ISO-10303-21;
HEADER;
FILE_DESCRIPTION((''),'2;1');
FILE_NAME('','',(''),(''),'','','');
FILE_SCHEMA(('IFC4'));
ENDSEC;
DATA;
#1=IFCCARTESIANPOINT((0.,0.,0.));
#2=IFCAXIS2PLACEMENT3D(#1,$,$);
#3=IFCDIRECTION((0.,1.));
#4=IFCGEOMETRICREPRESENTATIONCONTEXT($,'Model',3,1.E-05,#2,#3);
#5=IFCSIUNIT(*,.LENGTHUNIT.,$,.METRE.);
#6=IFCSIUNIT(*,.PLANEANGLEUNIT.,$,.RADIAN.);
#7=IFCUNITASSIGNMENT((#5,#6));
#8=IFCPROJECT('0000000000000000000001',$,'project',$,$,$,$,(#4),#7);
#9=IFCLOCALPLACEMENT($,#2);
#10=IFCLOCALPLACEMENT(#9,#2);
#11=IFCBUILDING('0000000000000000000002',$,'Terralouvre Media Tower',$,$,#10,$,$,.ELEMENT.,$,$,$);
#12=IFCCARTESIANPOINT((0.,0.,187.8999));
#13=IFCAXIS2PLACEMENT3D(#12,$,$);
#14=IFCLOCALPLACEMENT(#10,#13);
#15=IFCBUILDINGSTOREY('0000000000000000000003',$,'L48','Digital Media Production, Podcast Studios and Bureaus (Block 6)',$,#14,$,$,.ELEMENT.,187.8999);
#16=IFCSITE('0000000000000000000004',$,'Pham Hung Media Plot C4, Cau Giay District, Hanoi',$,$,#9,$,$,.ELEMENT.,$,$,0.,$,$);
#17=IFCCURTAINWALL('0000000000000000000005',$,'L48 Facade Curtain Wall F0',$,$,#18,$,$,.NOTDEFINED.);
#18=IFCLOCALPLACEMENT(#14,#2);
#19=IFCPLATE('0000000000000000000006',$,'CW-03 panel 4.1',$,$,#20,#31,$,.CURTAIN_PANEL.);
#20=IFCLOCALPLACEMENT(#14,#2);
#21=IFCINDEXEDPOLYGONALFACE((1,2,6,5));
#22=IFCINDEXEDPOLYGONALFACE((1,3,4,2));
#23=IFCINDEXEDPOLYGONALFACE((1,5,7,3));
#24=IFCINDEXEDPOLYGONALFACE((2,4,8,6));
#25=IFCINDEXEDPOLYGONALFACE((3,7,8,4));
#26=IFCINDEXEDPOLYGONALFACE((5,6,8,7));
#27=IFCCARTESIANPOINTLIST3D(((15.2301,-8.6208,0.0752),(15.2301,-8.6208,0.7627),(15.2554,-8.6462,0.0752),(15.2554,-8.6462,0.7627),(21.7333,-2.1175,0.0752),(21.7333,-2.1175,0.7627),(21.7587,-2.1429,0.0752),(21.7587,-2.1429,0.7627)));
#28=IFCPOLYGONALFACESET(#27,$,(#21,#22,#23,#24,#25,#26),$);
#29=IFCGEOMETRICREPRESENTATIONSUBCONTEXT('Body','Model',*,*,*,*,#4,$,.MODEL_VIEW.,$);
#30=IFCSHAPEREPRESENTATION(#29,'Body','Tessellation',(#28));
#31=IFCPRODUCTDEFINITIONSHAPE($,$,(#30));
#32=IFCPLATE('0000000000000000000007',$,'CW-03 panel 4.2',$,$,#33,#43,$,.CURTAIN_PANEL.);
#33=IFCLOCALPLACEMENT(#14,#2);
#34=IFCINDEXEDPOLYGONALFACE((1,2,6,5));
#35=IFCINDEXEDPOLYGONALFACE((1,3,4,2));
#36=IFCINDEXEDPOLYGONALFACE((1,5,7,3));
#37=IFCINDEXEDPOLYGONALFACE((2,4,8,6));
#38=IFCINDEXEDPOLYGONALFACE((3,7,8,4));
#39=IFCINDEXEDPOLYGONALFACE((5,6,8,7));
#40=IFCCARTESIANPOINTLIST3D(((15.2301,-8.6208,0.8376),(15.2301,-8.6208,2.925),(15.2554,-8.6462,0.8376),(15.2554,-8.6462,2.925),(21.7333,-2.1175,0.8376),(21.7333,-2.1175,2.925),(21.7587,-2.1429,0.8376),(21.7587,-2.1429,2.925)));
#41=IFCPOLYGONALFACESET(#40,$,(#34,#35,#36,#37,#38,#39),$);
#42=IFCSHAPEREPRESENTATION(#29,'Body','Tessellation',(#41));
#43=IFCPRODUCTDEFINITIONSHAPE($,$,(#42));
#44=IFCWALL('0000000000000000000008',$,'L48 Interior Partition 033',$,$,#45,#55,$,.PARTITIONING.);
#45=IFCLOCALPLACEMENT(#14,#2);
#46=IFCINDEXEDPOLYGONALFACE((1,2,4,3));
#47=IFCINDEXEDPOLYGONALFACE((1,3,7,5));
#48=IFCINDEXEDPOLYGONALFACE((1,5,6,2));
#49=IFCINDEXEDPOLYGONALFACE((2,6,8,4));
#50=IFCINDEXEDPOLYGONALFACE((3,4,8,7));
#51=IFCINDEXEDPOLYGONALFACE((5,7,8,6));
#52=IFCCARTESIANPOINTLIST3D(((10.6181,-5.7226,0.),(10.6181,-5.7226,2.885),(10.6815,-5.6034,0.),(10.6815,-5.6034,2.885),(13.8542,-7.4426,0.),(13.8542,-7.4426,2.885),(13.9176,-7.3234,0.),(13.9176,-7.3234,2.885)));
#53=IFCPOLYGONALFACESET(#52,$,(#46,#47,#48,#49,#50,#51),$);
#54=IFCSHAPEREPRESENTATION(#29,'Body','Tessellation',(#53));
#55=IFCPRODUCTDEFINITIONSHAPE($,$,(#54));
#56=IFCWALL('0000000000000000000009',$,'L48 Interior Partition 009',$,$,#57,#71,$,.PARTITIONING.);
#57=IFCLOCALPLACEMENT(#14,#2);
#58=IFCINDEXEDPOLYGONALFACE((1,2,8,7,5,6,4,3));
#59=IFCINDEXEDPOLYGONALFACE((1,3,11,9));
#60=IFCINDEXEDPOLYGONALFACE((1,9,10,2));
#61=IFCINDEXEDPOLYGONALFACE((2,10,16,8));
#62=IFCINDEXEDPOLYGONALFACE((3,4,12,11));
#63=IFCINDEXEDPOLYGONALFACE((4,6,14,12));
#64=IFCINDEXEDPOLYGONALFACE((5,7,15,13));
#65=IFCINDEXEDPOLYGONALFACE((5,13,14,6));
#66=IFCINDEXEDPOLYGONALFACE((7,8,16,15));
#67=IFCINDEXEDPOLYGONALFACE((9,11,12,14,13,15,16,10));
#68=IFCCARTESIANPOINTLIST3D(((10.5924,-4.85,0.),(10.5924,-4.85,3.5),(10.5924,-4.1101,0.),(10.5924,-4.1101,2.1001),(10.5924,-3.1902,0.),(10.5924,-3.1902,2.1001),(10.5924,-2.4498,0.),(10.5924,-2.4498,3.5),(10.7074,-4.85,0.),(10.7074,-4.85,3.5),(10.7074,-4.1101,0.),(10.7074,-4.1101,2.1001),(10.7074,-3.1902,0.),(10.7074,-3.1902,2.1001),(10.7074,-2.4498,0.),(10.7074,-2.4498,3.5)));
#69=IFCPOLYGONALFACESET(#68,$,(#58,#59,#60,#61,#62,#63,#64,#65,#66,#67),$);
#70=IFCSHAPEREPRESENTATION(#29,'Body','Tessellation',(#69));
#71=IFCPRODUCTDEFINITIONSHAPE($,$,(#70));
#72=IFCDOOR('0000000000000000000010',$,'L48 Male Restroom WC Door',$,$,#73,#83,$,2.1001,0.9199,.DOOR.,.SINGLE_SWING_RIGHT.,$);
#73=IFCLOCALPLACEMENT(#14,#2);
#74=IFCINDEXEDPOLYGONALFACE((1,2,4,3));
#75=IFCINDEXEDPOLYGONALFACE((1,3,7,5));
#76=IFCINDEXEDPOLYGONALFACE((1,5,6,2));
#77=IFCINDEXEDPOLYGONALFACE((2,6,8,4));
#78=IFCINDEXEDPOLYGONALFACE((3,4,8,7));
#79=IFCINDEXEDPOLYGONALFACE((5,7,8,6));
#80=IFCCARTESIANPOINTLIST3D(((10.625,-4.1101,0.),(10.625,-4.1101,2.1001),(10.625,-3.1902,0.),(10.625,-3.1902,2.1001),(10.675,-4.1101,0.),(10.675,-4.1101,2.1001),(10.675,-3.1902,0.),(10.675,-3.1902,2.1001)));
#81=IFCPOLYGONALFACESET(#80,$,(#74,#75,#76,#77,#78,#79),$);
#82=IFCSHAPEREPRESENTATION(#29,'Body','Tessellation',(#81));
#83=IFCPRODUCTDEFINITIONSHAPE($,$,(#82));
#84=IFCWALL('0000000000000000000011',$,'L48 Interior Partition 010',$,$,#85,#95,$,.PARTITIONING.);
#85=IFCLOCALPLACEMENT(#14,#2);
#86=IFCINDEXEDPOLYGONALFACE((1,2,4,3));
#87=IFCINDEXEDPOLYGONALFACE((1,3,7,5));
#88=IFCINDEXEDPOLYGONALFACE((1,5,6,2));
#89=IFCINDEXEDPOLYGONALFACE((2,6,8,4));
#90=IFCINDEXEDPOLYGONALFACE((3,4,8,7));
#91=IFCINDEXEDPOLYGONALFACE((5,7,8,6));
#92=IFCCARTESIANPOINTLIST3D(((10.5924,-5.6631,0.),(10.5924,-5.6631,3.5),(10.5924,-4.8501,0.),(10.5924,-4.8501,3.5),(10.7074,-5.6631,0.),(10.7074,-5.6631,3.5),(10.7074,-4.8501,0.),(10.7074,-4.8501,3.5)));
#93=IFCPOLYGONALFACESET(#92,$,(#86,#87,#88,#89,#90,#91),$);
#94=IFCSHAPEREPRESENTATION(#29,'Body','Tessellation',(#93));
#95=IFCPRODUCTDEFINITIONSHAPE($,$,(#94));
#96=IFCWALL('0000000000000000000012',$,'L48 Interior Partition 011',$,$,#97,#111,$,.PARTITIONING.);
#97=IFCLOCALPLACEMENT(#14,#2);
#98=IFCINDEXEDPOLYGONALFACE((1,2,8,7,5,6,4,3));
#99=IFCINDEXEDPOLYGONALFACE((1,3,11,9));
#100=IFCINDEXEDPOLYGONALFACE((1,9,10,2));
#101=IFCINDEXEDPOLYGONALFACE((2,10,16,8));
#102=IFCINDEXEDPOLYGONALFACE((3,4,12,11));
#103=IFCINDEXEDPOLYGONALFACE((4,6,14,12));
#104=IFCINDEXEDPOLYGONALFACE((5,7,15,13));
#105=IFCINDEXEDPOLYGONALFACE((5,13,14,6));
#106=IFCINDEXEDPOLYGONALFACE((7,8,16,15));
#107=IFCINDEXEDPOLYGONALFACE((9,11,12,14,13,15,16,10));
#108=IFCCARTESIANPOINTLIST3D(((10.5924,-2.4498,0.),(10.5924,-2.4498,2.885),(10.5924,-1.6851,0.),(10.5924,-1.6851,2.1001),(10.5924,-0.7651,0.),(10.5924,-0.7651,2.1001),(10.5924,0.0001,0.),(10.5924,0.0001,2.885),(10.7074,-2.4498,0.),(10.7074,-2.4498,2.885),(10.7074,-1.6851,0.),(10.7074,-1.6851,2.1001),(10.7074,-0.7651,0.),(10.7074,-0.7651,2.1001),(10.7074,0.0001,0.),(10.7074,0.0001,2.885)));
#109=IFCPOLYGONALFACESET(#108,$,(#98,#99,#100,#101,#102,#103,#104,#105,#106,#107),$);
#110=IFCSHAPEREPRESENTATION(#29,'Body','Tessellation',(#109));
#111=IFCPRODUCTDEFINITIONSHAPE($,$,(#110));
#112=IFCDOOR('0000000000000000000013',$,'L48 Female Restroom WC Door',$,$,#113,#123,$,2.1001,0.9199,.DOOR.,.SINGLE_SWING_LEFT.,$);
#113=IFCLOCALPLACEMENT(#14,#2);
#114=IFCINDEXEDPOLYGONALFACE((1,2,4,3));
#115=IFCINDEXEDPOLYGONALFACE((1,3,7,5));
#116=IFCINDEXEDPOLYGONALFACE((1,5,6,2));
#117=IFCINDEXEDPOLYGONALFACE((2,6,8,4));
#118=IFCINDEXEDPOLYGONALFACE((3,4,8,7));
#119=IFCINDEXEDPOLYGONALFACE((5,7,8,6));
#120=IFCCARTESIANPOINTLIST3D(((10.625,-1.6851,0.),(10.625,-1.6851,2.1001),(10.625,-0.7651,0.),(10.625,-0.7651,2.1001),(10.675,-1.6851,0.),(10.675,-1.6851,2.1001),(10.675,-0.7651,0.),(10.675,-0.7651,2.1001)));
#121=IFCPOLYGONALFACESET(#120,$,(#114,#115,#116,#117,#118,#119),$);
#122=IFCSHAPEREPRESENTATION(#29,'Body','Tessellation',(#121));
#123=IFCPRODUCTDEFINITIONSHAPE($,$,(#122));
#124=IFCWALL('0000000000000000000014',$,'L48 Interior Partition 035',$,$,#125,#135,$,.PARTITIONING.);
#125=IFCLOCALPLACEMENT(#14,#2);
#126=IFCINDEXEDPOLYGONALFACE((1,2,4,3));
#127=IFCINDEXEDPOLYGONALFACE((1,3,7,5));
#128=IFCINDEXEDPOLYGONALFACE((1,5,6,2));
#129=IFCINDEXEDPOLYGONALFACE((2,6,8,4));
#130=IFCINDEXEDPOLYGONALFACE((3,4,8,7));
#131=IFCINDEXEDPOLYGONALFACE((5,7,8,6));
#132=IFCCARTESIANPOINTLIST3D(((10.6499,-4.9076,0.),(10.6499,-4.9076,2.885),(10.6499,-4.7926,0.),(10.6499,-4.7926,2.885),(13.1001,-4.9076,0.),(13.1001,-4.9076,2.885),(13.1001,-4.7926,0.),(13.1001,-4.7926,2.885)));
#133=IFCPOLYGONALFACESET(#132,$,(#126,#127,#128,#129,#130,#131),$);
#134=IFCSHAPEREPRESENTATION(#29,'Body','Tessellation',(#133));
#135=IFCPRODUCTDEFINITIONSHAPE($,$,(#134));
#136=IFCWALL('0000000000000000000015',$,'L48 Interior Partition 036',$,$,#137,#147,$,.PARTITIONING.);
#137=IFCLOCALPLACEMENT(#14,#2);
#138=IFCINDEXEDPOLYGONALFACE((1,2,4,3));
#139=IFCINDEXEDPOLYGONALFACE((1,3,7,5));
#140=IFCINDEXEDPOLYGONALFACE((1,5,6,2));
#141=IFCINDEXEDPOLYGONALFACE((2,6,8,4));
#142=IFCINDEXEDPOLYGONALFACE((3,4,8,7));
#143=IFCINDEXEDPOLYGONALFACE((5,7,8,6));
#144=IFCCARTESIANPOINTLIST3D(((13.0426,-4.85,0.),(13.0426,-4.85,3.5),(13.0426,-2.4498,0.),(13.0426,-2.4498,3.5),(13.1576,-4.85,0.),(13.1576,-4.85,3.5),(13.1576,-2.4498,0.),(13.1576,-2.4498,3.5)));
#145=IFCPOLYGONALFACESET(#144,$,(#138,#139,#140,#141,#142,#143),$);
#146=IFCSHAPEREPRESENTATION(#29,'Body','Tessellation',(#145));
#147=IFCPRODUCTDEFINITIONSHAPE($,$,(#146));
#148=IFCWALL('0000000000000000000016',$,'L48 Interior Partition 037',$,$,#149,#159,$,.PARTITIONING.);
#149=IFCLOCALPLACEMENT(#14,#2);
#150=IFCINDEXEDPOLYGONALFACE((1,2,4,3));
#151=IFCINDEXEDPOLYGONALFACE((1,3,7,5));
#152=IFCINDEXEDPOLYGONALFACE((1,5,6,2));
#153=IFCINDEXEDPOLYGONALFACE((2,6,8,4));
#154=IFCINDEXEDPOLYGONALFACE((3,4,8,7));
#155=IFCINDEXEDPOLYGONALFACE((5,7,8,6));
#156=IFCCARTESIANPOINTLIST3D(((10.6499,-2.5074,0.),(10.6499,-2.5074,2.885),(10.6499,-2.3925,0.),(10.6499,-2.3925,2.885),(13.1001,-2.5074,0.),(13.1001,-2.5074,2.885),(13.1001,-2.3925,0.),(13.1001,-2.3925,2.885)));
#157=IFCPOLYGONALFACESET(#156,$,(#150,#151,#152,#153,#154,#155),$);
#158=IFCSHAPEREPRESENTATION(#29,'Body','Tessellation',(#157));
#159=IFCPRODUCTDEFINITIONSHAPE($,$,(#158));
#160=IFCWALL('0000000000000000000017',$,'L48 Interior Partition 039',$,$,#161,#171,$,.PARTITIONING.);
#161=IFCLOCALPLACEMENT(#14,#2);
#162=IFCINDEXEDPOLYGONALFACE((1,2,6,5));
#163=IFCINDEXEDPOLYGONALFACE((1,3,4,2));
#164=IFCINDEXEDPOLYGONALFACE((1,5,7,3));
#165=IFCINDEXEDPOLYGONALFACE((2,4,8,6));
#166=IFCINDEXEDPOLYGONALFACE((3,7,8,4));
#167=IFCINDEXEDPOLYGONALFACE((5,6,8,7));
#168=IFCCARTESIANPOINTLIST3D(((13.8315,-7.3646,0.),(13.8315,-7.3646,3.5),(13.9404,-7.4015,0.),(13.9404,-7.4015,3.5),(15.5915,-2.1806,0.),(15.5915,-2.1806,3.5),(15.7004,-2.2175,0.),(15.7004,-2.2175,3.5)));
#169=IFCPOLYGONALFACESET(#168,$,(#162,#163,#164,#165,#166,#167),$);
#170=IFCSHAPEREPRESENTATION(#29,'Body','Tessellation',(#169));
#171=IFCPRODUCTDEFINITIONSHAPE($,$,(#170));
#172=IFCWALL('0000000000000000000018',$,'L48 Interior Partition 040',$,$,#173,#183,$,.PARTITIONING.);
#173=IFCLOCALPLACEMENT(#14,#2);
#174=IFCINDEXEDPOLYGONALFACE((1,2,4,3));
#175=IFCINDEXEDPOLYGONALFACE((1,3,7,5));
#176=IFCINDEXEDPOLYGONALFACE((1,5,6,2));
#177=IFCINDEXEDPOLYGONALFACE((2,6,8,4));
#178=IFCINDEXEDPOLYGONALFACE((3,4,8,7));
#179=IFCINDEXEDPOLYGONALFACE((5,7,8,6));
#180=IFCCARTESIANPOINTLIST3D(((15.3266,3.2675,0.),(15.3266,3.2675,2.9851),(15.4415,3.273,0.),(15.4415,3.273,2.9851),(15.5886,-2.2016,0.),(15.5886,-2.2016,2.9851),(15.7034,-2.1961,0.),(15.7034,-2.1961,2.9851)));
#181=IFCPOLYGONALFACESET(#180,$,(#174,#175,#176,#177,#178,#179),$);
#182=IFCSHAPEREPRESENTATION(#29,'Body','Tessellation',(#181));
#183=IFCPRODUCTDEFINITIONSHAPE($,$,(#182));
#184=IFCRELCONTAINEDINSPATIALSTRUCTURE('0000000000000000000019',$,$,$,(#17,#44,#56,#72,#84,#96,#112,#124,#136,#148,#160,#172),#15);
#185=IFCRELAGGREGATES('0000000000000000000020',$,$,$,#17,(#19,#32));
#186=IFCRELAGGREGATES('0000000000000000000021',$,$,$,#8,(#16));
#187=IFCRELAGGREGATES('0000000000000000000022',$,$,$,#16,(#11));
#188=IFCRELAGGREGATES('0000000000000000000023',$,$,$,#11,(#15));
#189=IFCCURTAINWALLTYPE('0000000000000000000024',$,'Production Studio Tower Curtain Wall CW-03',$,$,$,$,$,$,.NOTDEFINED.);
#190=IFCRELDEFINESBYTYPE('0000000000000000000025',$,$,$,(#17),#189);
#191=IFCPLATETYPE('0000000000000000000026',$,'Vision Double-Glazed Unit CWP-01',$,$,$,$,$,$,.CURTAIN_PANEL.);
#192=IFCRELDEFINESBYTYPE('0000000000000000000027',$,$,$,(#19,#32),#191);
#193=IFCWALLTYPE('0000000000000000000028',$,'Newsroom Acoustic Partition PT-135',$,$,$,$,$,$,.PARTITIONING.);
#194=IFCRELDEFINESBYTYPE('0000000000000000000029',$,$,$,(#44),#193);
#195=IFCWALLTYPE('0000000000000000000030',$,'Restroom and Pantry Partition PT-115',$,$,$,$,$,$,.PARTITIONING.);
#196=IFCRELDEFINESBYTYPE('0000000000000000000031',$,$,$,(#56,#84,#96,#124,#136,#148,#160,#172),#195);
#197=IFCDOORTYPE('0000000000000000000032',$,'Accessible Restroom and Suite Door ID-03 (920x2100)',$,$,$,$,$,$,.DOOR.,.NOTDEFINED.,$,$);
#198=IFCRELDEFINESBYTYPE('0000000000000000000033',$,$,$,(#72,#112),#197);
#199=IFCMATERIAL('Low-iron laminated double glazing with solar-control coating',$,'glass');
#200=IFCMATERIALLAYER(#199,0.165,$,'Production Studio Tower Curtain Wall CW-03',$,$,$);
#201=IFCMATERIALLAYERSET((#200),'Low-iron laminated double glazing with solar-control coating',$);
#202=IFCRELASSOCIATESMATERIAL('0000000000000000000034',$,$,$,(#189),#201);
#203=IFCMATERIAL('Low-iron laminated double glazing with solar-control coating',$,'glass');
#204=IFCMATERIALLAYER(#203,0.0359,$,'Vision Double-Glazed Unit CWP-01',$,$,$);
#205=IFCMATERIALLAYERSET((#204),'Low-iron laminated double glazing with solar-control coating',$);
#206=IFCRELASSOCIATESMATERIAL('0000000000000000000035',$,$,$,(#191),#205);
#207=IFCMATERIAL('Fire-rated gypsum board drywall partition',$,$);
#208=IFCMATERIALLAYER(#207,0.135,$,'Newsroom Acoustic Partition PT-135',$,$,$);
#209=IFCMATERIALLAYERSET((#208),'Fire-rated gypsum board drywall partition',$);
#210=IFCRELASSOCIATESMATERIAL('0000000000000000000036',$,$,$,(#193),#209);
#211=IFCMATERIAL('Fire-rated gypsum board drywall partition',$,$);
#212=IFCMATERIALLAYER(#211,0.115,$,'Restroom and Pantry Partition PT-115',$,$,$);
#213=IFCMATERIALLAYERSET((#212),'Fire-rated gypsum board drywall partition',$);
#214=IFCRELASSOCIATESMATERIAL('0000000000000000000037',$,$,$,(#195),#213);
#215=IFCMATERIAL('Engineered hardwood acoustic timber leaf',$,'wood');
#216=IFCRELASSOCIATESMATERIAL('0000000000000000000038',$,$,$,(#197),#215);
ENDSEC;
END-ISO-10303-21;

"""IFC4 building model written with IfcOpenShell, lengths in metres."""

from ifc_helpers import new_model, si_unit, direction, frame, frame_2d, origin, origin_2d, place, context, subcontext, project, spatial, rectangle, extrude, material, layer, layer_set, type_object, element, fill, aggregate, save


model = new_model("IFC4")

# Units and contexts
model_context = context("Model", 3, precision=1e-05, world=origin(), true_north=direction((0.0, 1.0)))
body_context = subcontext(model_context, "Body", "Model", "MODEL_VIEW")
ifc_project = project(units=[si_unit("LENGTHUNIT", "METRE"), si_unit("PLANEANGLEUNIT", "RADIAN")], contexts=[model_context])

# Site, building, storey
site_placement = place(None, origin())
site = spatial("IfcSite", under=ifc_project, at=site_placement, Name="Pham Hung Media Plot C4, Cau Giay District, Hanoi", CompositionType="ELEMENT", RefElevation=0.0)
building_placement = place(site_placement, origin())
building = spatial("IfcBuilding", under=site, at=building_placement, Name="Terralouvre Media Tower", CompositionType="ELEMENT")
storey_placement = place(building_placement, frame((0.0, 0.0, 187.8999)))
storey = spatial("IfcBuildingStorey", under=building, at=storey_placement, Name="L48", Description="Digital Media Production, Podcast Studios and Bureaus (Block 6)", CompositionType="ELEMENT", Elevation=187.8999)

# Curtain wall
ifc_material_1 = material(Name="Low-iron laminated double glazing with solar-control coating", Category="glass")
ifc_layer_1 = layer(ifc_material_1, 0.165, Name="Production Studio Tower Curtain Wall CW-03")
ifc_layer_set_1 = layer_set([ifc_layer_1], Name="Low-iron laminated double glazing with solar-control coating")
curtain_wall_type = type_object("IfcCurtainWallType", Name="Production Studio Tower Curtain Wall CW-03", PredefinedType="NOTDEFINED", material=ifc_layer_set_1)
curtain_wall_placement = place(storey_placement, origin())
curtain_wall = element("IfcCurtainWall", 1, at=curtain_wall_placement, inside=storey, type_object=curtain_wall_type, Name="L48 Facade Curtain Wall F0", PredefinedType="NOTDEFINED")

# Plates
ifc_material_2 = material(Name="Low-iron laminated double glazing with solar-control coating", Category="glass")
ifc_layer_2 = layer(ifc_material_2, 0.0359, Name="Vision Double-Glazed Unit CWP-01")
ifc_layer_set_2 = layer_set([ifc_layer_2], Name="Low-iron laminated double glazing with solar-control coating")
plate_type = type_object("IfcPlateType", Name="Vision Double-Glazed Unit CWP-01", PredefinedType="CURTAIN_PANEL", material=ifc_layer_set_2)
plate_1_placement = place(storey_placement, frame((18.4944, -5.3818, 0.0752), z_axis=(0.0, 0.0, 1.0), x_axis=(0.707107, 0.707107, 0.0)))
plate_1 = element("IfcPlate", 2, at=plate_1_placement, type_object=plate_type, Name="CW-03 panel 4.1", PredefinedType="CURTAIN_PANEL", context=body_context, shape_type="SweptSolid", body=[
    extrude(rectangle(XDim=9.197, YDim=0.0359, at=origin_2d()), origin(), (0.0, 0.0, 1.0), 0.6875),
])
plate_2_placement = place(storey_placement, frame((18.4944, -5.3818, 0.8376), z_axis=(0.0, 0.0, 1.0), x_axis=(0.707107, 0.707107, 0.0)))
plate_2 = element("IfcPlate", 3, at=plate_2_placement, type_object=plate_type, Name="CW-03 panel 4.2", PredefinedType="CURTAIN_PANEL", context=body_context, shape_type="SweptSolid", body=[
    extrude(rectangle(XDim=9.197, YDim=0.0359, at=origin_2d()), origin(), (0.0, 0.0, 1.0), 2.0874),
])
aggregate(curtain_wall, [plate_1, plate_2])

# Wall
ifc_material_3 = material(Name="Fire-rated gypsum board drywall partition")
ifc_layer_3 = layer(ifc_material_3, 0.135, Name="Newsroom Acoustic Partition PT-135")
ifc_layer_set_3 = layer_set([ifc_layer_3], Name="Fire-rated gypsum board drywall partition")
wall_type_1 = type_object("IfcWallType", Name="Newsroom Acoustic Partition PT-135", PredefinedType="PARTITIONING", material=ifc_layer_set_3)
wall_1_placement = place(storey_placement, frame((13.886, -7.3831, 0.0), z_axis=(0.0, 0.0, 1.0), x_axis=(-0.883025, 0.469326, 0.0)))
element("IfcWall", 4, at=wall_1_placement, inside=storey, type_object=wall_type_1, Name="L48 Interior Partition 033", PredefinedType="PARTITIONING", context=body_context, shape_type="SweptSolid", body=[
    extrude(rectangle(XDim=3.6648, YDim=0.135, at=frame_2d((1.8325, 0.0))), origin(), (0.0, 0.0, 1.0), 2.885),
])

# Wall, opening, door
ifc_material_4 = material(Name="Fire-rated gypsum board drywall partition")
ifc_layer_4 = layer(ifc_material_4, 0.115, Name="Restroom and Pantry Partition PT-115")
ifc_layer_set_4 = layer_set([ifc_layer_4], Name="Fire-rated gypsum board drywall partition")
wall_type_2 = type_object("IfcWallType", Name="Restroom and Pantry Partition PT-115", PredefinedType="PARTITIONING", material=ifc_layer_set_4)
wall_2_placement = place(storey_placement, frame((10.6499, -4.8501, 0.0), z_axis=(0.0, 0.0, 1.0), x_axis=(0.0, 1.0, 0.0)))
wall_2 = element("IfcWall", 5, at=wall_2_placement, inside=storey, type_object=wall_type_2, Name="L48 Interior Partition 009", PredefinedType="PARTITIONING", context=body_context, shape_type="SweptSolid", body=[
    extrude(rectangle(XDim=2.4001, YDim=0.115, at=frame_2d((1.2002, 0.0))), origin(), (0.0, 0.0, 1.0), 3.5),
])
opening_1_placement = place(wall_2_placement, frame((0.74, 0.0, 0.0)))
opening_1 = element("IfcOpeningElement", 6, at=opening_1_placement, cuts=wall_2, PredefinedType="OPENING", context=body_context, shape_type="SweptSolid", body=[
    extrude(rectangle(XDim=0.9199, YDim=2.1001, at=frame_2d((0.46, 1.05))), frame((0.0, 0.0674, 0.0), z_axis=(0.0, -1.0, 0.0), x_axis=(1.0, 0.0, 0.0)), (0.0, 0.0, 1.0), 0.135),
])
ifc_material_5 = material(Name="Engineered hardwood acoustic timber leaf", Category="wood")
door_type = type_object("IfcDoorType", Name="Accessible Restroom and Suite Door ID-03 (920x2100)", OperationType="NOTDEFINED", PredefinedType="DOOR", material=ifc_material_5)
door_1_placement = place(opening_1_placement, origin())
door_1 = element("IfcDoor", 7, at=door_1_placement, inside=storey, type_object=door_type, Name="L48 Male Restroom WC Door", OperationType="SINGLE_SWING_RIGHT", OverallHeight=2.1001, OverallWidth=0.9199, PredefinedType="DOOR", context=body_context, shape_type="SweptSolid", body=[
    extrude(rectangle(XDim=0.9199, YDim=2.1001, at=frame_2d((0.46, 1.05))), frame((0.0, 0.0249, 0.0), z_axis=(0.0, -1.0, 0.0), x_axis=(1.0, 0.0, 0.0)), (0.0, 0.0, 1.0), 0.05),
])
fill(opening_1, door_1)

# Wall
wall_3_placement = place(storey_placement, frame((10.6499, -5.6631, 0.0), z_axis=(0.0, 0.0, 1.0), x_axis=(0.0, 1.0, 0.0)))
element("IfcWall", 8, at=wall_3_placement, inside=storey, type_object=wall_type_2, Name="L48 Interior Partition 010", PredefinedType="PARTITIONING", context=body_context, shape_type="SweptSolid", body=[
    extrude(rectangle(XDim=0.813, YDim=0.115, at=frame_2d((0.4065, 0.0))), origin(), (0.0, 0.0, 1.0), 3.5),
])

# Wall, opening, door
wall_4_placement = place(storey_placement, frame((10.6499, -2.45, 0.0), z_axis=(0.0, 0.0, 1.0), x_axis=(0.0, 1.0, 0.0)))
wall_4 = element("IfcWall", 9, at=wall_4_placement, inside=storey, type_object=wall_type_2, Name="L48 Interior Partition 011", PredefinedType="PARTITIONING", context=body_context, shape_type="SweptSolid", body=[
    extrude(rectangle(XDim=2.45, YDim=0.115, at=frame_2d((1.2251, 0.0))), origin(), (0.0, 0.0, 1.0), 2.885),
])
opening_2_placement = place(wall_4_placement, frame((0.7649, 0.0, 0.0)))
opening_2 = element("IfcOpeningElement", 10, at=opening_2_placement, cuts=wall_4, PredefinedType="OPENING", context=body_context, shape_type="SweptSolid", body=[
    extrude(rectangle(XDim=0.9199, YDim=2.1001, at=frame_2d((0.46, 1.05))), frame((0.0, 0.0674, 0.0), z_axis=(0.0, -1.0, 0.0), x_axis=(1.0, 0.0, 0.0)), (0.0, 0.0, 1.0), 0.135),
])
door_2_placement = place(opening_2_placement, origin())
door_2 = element("IfcDoor", 11, at=door_2_placement, inside=storey, type_object=door_type, Name="L48 Female Restroom WC Door", OperationType="SINGLE_SWING_LEFT", OverallHeight=2.1001, OverallWidth=0.9199, PredefinedType="DOOR", context=body_context, shape_type="SweptSolid", body=[
    extrude(rectangle(XDim=0.9199, YDim=2.1001, at=frame_2d((0.46, 1.05))), frame((0.0, 0.0249, 0.0), z_axis=(0.0, -1.0, 0.0), x_axis=(1.0, 0.0, 0.0)), (0.0, 0.0, 1.0), 0.05),
])
fill(opening_2, door_2)

# Walls
wall_5_placement = place(storey_placement, frame((10.6499, -4.8501, 0.0), z_axis=(0.0, 0.0, 1.0), x_axis=(1.0, 0.0, 0.0)))
element("IfcWall", 12, at=wall_5_placement, inside=storey, type_object=wall_type_2, Name="L48 Interior Partition 035", PredefinedType="PARTITIONING", context=body_context, shape_type="SweptSolid", body=[
    extrude(rectangle(XDim=2.4502, YDim=0.115, at=frame_2d((1.2251, 0.0))), origin(), (0.0, 0.0, 1.0), 2.885),
])
wall_6_placement = place(storey_placement, frame((13.1001, -4.8501, 0.0), z_axis=(0.0, 0.0, 1.0), x_axis=(0.0, 1.0, 0.0)))
element("IfcWall", 13, at=wall_6_placement, inside=storey, type_object=wall_type_2, Name="L48 Interior Partition 036", PredefinedType="PARTITIONING", context=body_context, shape_type="SweptSolid", body=[
    extrude(rectangle(XDim=2.4001, YDim=0.115, at=frame_2d((1.2002, 0.0))), origin(), (0.0, 0.0, 1.0), 3.5),
])
wall_7_placement = place(storey_placement, frame((13.1001, -2.45, 0.0), z_axis=(0.0, 0.0, 1.0), x_axis=(-1.0, 0.0, 0.0)))
element("IfcWall", 14, at=wall_7_placement, inside=storey, type_object=wall_type_2, Name="L48 Interior Partition 037", PredefinedType="PARTITIONING", context=body_context, shape_type="SweptSolid", body=[
    extrude(rectangle(XDim=2.4502, YDim=0.115, at=frame_2d((1.2251, 0.0))), origin(), (0.0, 0.0, 1.0), 2.885),
])
wall_8_placement = place(storey_placement, frame((13.886, -7.3831, 0.0), z_axis=(0.0, 0.0, 1.0), x_axis=(0.321481, 0.946916, 0.0)))
element("IfcWall", 15, at=wall_8_placement, inside=storey, type_object=wall_type_2, Name="L48 Interior Partition 039", PredefinedType="PARTITIONING", context=body_context, shape_type="SweptSolid", body=[
    extrude(rectangle(XDim=5.4746, YDim=0.115, at=frame_2d((2.7373, 0.0))), origin(), (0.0, 0.0, 1.0), 3.5),
])
wall_9_placement = place(storey_placement, frame((15.646, -2.199, 0.0), z_axis=(0.0, 0.0, 1.0), x_axis=(-0.047845, 0.998855, 0.0)))
element("IfcWall", 16, at=wall_9_placement, inside=storey, type_object=wall_type_2, Name="L48 Interior Partition 040", PredefinedType="PARTITIONING", context=body_context, shape_type="SweptSolid", body=[
    extrude(rectangle(XDim=5.4753, YDim=0.115, at=frame_2d((2.7378, 0.0))), origin(), (0.0, 0.0, 1.0), 2.9851),
])

save(model, "model.ifc")
